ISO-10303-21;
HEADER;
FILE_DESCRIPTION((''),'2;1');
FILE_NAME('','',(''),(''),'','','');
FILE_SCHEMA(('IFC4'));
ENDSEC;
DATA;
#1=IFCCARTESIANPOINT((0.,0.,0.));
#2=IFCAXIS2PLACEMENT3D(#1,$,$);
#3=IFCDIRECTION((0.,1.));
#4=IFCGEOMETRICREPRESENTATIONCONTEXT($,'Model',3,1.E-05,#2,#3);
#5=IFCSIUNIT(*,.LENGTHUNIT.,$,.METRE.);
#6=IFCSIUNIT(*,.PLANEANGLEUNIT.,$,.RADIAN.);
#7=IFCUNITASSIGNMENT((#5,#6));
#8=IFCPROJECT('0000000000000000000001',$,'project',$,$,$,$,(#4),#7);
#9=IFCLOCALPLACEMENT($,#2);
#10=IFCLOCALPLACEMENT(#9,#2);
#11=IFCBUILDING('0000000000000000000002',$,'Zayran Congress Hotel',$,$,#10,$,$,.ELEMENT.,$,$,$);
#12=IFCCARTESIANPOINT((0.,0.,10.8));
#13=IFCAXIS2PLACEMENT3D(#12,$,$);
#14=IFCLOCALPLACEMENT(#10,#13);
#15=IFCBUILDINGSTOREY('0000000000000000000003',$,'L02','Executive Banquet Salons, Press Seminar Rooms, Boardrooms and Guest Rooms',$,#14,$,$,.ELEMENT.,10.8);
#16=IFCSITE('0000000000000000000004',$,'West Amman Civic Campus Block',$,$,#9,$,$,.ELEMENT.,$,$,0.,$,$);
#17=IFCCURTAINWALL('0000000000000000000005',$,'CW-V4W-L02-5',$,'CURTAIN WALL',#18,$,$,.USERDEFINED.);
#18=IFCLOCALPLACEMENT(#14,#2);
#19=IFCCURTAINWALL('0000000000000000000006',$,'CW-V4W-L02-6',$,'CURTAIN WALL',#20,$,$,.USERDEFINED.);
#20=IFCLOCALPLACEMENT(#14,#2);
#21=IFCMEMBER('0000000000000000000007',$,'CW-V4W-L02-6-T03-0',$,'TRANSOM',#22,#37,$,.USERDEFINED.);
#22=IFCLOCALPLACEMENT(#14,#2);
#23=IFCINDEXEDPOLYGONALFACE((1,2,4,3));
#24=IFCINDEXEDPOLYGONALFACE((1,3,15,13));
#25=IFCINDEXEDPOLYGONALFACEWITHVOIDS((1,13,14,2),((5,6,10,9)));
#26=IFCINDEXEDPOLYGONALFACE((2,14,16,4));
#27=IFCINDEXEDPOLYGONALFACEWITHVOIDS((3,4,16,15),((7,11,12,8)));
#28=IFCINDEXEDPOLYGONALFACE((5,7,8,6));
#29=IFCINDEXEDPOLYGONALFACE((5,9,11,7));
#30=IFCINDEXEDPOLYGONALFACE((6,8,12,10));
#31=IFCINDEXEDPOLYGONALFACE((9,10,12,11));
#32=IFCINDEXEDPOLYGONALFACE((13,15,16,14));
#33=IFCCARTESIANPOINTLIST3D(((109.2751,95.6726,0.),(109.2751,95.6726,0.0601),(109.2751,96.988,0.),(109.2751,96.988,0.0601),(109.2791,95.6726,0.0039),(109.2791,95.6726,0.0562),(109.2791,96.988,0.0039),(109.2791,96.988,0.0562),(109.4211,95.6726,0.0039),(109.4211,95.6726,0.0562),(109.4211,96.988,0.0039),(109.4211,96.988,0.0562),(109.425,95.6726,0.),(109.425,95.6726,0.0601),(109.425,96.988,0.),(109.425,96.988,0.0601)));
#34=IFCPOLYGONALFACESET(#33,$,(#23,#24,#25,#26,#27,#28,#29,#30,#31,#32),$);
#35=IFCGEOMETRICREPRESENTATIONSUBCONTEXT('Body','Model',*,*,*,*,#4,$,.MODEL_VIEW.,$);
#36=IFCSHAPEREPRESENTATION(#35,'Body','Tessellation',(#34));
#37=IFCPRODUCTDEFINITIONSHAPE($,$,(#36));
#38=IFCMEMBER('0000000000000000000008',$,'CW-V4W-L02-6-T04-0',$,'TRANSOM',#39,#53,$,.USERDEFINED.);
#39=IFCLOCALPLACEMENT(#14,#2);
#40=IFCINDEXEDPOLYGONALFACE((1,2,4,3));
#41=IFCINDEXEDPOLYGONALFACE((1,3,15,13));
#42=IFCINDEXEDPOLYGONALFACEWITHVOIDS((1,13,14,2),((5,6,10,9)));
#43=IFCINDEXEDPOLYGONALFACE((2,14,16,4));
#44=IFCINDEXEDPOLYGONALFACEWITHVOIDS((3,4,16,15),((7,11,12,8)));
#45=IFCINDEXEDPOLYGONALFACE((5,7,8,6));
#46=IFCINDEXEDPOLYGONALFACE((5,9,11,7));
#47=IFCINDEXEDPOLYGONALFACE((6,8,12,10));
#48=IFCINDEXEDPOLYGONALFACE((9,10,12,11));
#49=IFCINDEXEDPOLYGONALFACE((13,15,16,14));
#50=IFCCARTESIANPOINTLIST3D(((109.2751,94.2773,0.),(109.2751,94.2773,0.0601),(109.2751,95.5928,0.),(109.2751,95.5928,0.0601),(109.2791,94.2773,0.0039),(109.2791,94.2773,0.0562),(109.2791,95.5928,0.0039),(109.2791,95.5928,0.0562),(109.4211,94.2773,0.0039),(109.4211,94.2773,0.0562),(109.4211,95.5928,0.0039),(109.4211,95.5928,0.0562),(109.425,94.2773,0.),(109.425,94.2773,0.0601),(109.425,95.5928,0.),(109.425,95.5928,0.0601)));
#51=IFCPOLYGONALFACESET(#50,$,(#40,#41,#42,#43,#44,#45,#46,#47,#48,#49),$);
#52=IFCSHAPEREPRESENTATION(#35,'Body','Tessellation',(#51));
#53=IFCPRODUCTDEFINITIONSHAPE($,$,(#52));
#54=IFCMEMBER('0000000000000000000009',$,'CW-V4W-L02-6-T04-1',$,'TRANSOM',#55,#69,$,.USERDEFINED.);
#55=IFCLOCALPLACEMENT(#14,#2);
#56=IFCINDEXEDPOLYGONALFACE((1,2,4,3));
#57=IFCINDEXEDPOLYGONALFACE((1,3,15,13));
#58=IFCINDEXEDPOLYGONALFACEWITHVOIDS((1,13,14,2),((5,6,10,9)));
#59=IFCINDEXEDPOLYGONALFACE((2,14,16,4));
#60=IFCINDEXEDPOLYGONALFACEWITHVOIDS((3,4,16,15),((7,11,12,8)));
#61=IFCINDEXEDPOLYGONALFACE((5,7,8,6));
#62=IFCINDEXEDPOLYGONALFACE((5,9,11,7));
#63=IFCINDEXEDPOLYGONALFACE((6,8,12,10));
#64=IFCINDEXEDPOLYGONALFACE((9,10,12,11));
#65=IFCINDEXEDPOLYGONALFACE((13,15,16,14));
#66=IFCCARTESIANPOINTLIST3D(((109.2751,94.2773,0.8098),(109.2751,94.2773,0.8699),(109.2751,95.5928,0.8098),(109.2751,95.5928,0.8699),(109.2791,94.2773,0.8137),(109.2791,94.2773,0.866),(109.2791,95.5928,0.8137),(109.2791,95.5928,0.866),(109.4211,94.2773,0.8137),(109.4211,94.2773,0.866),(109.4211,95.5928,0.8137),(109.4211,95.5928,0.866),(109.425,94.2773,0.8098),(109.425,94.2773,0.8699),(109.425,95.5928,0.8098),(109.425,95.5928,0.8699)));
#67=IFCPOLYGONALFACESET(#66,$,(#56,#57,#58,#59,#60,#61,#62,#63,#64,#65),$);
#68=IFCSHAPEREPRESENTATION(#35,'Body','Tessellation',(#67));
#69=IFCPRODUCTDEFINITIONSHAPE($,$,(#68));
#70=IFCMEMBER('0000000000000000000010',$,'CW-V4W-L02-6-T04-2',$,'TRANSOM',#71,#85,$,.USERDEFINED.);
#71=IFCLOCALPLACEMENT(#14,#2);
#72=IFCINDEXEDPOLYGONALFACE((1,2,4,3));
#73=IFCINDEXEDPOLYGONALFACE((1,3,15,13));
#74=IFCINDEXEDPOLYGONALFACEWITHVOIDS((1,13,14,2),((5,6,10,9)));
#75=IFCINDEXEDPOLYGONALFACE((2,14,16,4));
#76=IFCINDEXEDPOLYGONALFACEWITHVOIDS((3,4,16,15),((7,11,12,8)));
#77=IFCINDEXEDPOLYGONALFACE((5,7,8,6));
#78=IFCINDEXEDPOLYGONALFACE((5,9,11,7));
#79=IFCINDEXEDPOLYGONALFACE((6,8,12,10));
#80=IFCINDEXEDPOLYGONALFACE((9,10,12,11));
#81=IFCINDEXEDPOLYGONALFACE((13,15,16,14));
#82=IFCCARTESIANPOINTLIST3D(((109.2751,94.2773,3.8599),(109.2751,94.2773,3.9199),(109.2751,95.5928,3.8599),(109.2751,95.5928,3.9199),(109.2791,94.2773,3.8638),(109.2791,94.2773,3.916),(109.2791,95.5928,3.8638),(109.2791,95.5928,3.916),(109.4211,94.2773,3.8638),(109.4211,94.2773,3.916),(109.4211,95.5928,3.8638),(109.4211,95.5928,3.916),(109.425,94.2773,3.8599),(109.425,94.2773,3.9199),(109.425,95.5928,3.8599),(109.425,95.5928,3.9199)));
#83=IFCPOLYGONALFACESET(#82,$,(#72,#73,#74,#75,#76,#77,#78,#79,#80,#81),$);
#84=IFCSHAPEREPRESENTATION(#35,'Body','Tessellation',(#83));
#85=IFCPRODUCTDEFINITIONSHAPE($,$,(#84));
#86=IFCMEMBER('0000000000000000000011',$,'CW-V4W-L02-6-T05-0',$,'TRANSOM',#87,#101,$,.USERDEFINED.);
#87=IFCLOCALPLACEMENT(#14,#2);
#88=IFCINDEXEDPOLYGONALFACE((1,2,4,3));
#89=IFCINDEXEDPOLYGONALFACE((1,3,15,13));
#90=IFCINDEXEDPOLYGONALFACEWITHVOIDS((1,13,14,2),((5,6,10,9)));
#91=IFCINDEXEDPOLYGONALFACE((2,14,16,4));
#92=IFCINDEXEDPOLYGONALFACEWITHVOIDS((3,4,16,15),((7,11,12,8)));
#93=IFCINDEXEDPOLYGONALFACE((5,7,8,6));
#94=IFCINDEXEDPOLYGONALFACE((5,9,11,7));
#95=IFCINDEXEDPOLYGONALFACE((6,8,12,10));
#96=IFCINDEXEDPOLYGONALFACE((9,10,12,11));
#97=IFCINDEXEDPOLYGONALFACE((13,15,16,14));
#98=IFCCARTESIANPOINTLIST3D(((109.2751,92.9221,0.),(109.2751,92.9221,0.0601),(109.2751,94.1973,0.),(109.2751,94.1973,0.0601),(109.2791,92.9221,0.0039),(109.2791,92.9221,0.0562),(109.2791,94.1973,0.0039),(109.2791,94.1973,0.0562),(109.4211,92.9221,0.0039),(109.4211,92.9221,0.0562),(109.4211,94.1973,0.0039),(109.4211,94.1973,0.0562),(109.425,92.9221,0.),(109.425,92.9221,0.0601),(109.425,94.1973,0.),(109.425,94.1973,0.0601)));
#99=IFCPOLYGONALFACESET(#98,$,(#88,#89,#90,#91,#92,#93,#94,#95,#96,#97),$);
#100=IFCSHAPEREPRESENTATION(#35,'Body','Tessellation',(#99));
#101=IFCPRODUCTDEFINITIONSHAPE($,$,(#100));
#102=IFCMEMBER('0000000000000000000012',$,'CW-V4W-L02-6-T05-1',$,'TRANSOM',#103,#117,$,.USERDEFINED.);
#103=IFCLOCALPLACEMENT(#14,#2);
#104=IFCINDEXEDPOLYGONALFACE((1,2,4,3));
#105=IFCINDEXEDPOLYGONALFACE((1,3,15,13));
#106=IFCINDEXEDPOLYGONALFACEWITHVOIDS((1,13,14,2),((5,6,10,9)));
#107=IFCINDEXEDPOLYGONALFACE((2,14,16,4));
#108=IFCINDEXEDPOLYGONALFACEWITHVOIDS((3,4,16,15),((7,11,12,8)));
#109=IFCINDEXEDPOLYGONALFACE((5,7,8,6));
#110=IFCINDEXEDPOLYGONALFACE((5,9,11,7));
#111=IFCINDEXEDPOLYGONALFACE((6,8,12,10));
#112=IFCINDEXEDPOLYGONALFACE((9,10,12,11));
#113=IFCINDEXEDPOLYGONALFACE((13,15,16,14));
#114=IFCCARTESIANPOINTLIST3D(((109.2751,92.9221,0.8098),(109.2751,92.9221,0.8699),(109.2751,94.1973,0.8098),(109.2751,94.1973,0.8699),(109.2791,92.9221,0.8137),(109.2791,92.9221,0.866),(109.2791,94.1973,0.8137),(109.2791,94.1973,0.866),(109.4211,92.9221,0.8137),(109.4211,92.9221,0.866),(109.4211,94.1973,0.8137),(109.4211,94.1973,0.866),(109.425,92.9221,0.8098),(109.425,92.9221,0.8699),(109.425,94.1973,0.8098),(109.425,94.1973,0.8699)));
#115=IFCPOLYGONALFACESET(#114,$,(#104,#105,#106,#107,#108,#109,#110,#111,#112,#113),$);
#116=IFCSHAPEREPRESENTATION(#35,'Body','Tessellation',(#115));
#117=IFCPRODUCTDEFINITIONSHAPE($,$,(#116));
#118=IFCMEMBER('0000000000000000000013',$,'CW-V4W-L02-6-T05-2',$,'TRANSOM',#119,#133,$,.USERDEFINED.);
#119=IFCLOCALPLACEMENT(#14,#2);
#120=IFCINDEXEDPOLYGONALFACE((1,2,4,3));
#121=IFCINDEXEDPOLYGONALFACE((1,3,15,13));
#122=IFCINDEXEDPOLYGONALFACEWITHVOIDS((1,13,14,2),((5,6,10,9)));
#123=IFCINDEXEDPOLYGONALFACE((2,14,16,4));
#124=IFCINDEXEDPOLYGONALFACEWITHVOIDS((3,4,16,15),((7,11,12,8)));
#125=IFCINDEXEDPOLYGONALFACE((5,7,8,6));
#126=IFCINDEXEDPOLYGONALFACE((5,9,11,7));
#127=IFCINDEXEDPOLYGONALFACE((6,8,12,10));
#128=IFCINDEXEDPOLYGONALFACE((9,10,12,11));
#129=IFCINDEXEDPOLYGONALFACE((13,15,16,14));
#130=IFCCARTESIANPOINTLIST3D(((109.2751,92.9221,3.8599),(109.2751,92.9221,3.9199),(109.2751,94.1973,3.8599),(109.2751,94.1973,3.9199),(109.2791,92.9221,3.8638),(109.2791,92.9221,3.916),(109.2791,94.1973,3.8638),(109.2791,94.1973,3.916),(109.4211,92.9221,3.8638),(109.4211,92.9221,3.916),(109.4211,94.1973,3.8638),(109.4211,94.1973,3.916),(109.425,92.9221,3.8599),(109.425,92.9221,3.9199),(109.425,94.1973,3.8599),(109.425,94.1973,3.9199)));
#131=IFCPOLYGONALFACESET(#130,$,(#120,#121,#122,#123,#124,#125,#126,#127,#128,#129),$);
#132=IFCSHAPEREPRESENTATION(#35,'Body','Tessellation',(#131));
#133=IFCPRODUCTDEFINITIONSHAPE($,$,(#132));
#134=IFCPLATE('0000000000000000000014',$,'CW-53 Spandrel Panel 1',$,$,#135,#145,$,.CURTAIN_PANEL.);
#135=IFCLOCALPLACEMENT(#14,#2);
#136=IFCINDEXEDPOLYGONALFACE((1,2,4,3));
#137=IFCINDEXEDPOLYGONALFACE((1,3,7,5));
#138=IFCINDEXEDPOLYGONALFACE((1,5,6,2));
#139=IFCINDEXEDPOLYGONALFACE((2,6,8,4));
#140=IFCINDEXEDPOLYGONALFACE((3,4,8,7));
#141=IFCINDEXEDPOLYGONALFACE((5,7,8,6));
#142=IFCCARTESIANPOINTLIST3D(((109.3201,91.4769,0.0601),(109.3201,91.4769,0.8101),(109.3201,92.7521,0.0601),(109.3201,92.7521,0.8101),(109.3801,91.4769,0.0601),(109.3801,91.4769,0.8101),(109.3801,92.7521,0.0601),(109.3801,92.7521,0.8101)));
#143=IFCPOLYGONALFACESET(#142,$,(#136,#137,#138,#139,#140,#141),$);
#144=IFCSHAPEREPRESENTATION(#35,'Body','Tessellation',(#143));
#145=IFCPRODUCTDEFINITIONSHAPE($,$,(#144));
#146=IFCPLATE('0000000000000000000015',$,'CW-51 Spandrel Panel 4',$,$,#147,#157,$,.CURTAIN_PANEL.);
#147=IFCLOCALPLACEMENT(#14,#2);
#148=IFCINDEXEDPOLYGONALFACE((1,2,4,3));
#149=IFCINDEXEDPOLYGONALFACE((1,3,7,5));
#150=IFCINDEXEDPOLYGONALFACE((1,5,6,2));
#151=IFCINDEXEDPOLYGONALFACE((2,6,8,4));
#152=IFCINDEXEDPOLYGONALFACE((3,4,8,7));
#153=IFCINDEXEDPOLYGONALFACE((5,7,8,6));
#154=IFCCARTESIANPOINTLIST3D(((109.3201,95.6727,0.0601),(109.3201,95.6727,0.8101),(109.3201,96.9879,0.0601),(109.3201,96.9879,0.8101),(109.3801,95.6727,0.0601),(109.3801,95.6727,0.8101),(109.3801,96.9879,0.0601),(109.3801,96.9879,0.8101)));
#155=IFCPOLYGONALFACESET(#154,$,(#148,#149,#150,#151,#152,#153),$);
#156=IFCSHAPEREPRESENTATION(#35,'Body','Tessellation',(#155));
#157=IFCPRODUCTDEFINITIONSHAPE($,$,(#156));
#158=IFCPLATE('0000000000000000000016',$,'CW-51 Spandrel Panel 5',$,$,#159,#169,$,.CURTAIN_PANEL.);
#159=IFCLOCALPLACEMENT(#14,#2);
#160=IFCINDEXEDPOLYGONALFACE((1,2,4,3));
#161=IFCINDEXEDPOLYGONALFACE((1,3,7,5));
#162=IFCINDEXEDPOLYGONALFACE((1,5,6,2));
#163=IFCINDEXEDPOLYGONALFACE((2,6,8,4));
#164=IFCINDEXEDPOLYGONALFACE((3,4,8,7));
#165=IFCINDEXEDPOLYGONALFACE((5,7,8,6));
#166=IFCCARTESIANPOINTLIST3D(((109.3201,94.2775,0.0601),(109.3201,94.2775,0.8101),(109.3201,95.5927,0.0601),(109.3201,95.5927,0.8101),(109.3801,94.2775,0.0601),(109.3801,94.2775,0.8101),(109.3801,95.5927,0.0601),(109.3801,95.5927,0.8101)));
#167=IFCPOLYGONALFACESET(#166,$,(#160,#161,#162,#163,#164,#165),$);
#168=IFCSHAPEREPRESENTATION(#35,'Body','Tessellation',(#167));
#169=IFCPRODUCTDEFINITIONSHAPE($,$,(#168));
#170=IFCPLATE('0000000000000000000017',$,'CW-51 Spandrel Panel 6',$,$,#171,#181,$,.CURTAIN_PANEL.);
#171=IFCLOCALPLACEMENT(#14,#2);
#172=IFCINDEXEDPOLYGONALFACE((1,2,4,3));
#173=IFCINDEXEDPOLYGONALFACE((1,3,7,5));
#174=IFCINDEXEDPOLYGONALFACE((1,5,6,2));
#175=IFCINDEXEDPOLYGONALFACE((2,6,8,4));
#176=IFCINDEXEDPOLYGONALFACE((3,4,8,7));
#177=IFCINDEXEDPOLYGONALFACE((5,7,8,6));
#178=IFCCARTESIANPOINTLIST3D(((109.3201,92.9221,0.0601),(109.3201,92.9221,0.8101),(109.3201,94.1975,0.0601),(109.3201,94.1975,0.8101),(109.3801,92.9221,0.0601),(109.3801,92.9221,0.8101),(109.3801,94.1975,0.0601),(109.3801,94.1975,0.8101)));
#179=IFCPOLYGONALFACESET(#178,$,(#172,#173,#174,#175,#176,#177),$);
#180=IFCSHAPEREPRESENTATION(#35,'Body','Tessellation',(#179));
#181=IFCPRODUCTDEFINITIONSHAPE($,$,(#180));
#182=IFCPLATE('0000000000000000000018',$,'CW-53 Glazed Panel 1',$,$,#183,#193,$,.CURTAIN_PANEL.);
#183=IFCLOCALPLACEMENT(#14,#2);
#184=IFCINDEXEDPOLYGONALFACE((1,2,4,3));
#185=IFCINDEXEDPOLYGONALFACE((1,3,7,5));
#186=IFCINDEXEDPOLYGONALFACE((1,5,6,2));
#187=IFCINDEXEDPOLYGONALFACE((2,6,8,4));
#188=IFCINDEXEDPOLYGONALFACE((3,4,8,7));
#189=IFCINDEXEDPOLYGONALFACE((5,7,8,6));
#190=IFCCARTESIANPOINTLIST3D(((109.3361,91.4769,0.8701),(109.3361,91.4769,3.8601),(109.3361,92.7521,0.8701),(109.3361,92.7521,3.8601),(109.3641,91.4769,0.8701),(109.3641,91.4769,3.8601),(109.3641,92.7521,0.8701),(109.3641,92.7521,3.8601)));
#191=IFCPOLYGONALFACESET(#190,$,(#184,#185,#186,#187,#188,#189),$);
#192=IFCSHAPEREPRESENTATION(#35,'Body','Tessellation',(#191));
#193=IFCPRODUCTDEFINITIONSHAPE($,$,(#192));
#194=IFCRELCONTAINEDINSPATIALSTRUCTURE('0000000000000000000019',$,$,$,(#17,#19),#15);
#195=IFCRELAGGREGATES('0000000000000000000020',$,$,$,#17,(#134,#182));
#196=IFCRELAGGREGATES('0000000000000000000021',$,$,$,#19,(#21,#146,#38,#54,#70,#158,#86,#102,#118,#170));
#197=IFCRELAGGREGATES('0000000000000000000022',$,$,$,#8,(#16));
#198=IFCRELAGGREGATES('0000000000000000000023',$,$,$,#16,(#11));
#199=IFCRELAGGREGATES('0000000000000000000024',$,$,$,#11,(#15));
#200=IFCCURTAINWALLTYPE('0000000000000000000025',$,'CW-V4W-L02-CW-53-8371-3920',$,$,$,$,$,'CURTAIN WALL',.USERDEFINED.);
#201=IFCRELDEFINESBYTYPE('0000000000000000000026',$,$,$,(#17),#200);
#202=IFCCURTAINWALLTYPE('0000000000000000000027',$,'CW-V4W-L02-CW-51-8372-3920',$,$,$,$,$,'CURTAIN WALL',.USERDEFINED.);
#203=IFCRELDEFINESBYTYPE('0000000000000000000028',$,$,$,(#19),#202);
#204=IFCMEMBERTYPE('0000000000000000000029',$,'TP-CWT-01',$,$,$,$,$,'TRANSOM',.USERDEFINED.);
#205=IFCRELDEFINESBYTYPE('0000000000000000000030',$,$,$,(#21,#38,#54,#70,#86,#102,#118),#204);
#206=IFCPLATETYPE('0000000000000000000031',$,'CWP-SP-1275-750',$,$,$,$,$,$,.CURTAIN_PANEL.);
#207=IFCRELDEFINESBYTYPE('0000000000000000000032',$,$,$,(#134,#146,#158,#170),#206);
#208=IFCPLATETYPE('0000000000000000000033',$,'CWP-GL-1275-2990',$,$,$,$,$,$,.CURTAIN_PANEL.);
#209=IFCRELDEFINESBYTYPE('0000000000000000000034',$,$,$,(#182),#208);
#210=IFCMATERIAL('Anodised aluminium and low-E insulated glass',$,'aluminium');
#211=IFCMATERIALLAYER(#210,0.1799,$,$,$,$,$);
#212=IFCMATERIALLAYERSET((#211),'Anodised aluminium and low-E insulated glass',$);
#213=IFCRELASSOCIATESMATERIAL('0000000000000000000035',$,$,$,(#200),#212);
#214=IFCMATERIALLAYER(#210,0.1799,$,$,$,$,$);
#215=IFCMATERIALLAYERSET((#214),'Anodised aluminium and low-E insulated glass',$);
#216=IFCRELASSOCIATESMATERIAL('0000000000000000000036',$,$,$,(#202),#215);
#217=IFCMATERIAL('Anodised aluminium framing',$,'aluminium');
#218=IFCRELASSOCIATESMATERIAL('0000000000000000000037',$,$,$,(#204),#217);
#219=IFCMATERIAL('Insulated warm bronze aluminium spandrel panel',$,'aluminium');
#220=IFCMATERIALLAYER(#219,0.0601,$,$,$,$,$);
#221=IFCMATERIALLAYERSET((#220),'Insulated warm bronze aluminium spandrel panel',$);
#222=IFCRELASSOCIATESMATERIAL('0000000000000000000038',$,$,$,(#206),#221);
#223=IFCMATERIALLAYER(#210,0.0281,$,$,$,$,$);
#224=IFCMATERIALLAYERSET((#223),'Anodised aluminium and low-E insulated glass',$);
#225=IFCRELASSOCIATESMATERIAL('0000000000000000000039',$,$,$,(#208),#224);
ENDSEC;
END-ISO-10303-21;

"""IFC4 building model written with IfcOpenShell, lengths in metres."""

from ifc_helpers import new_model, si_unit, direction, frame, origin, origin_2d, place, context, subcontext, project, spatial, rectangle, hollow_rectangle, extrude, material, layer, layer_set, material_profile, profile_set, type_object, element, aggregate, save


model = new_model("IFC4")

# Units and contexts
model_context = context("Model", 3, precision=1e-05, world=origin(), true_north=direction((0.0, 1.0)))
body_context = subcontext(model_context, "Body", "Model", "MODEL_VIEW")
ifc_project = project(units=[si_unit("LENGTHUNIT", "METRE"), si_unit("PLANEANGLEUNIT", "RADIAN")], contexts=[model_context])

# Site, building, storey
site_placement = place(None, origin())
site = spatial("IfcSite", under=ifc_project, at=site_placement, Name="West Amman Civic Campus Block", CompositionType="ELEMENT", RefElevation=0.0)
building_placement = place(site_placement, origin())
building = spatial("IfcBuilding", under=site, at=building_placement, Name="Zayran Congress Hotel", CompositionType="ELEMENT")
storey_placement = place(building_placement, frame((0.0, 0.0, 10.8)))
storey = spatial("IfcBuildingStorey", under=building, at=storey_placement, Name="L02", Description="Executive Banquet Salons, Press Seminar Rooms, Boardrooms and Guest Rooms", CompositionType="ELEMENT", Elevation=10.8)

# Curtain walls
ifc_material_1 = material(Name="Anodised aluminium and low-E insulated glass", Category="aluminium")
ifc_layer_1 = layer(ifc_material_1, 0.1799)
ifc_layer_set_1 = layer_set([ifc_layer_1], Name="Anodised aluminium and low-E insulated glass")
curtain_wall_type_1 = type_object("IfcCurtainWallType", Name="CW-V4W-L02-CW-53-8371-3920", ElementType="CURTAIN WALL", PredefinedType="USERDEFINED", material=ifc_layer_set_1)
curtain_wall_1_placement = place(storey_placement, origin())
curtain_wall_1 = element("IfcCurtainWall", 1, at=curtain_wall_1_placement, inside=storey, type_object=curtain_wall_type_1, Name="CW-V4W-L02-5", ObjectType="CURTAIN WALL", PredefinedType="USERDEFINED")
ifc_material_2 = material(Name="Anodised aluminium framing", Category="aluminium")
ifc_layer_2 = layer(ifc_material_1, 0.1799)
ifc_layer_set_2 = layer_set([ifc_layer_2], Name="Anodised aluminium and low-E insulated glass")
curtain_wall_type_2 = type_object("IfcCurtainWallType", Name="CW-V4W-L02-CW-51-8372-3920", ElementType="CURTAIN WALL", PredefinedType="USERDEFINED", material=ifc_layer_set_2)
curtain_wall_2_placement = place(storey_placement, origin())
curtain_wall_2 = element("IfcCurtainWall", 2, at=curtain_wall_2_placement, inside=storey, type_object=curtain_wall_type_2, Name="CW-V4W-L02-6", ObjectType="CURTAIN WALL", PredefinedType="USERDEFINED")

# Members
ifc_material_profile_1 = material_profile(ifc_material_2, hollow_rectangle(XDim=0.0601, YDim=0.1499, WallThickness=0.0039, at=origin_2d()), Name="RHS 150x60x4")
ifc_profile_set_1 = profile_set([ifc_material_profile_1], Name="Anodised aluminium framing")
member_type_1 = type_object("IfcMemberType", Name="TP-CWT-01", ElementType="TRANSOM", PredefinedType="USERDEFINED", material=ifc_profile_set_1)
member_1_placement = place(storey_placement, frame((109.3501, 96.988, 0.03), z_axis=(0.0, -1.0, 0.0), x_axis=(0.0, 0.0, 1.0)))
member_1 = element("IfcMember", 3, at=member_1_placement, type_object=member_type_1, Name="CW-V4W-L02-6-T03-0", ObjectType="TRANSOM", PredefinedType="USERDEFINED", context=body_context, shape_type="SweptSolid", body=[
    extrude(hollow_rectangle(XDim=0.0601, YDim=0.1499, WallThickness=0.0039, at=origin_2d()), origin(), (0.0, 0.0, 1.0), 1.3154),
])
member_2_placement = place(storey_placement, frame((109.3501, 95.5928, 0.03), z_axis=(0.0, -1.0, 0.0), x_axis=(0.0, 0.0, 1.0)))
member_2 = element("IfcMember", 4, at=member_2_placement, type_object=member_type_1, Name="CW-V4W-L02-6-T04-0", ObjectType="TRANSOM", PredefinedType="USERDEFINED", context=body_context, shape_type="SweptSolid", body=[
    extrude(hollow_rectangle(XDim=0.0601, YDim=0.1499, WallThickness=0.0039, at=origin_2d()), origin(), (0.0, 0.0, 1.0), 1.3154),
])
member_3_placement = place(storey_placement, frame((109.3501, 95.5928, 0.8398), z_axis=(0.0, -1.0, 0.0), x_axis=(0.0, 0.0, 1.0)))
member_3 = element("IfcMember", 5, at=member_3_placement, type_object=member_type_1, Name="CW-V4W-L02-6-T04-1", ObjectType="TRANSOM", PredefinedType="USERDEFINED", context=body_context, shape_type="SweptSolid", body=[
    extrude(hollow_rectangle(XDim=0.0601, YDim=0.1499, WallThickness=0.0039, at=origin_2d()), origin(), (0.0, 0.0, 1.0), 1.3154),
])
member_4_placement = place(storey_placement, frame((109.3501, 95.5928, 3.8899), z_axis=(0.0, -1.0, 0.0), x_axis=(0.0, 0.0, 1.0)))
member_4 = element("IfcMember", 6, at=member_4_placement, type_object=member_type_1, Name="CW-V4W-L02-6-T04-2", ObjectType="TRANSOM", PredefinedType="USERDEFINED", context=body_context, shape_type="SweptSolid", body=[
    extrude(hollow_rectangle(XDim=0.0601, YDim=0.1499, WallThickness=0.0039, at=origin_2d()), origin(), (0.0, 0.0, 1.0), 1.3154),
])
member_5_placement = place(storey_placement, frame((109.3501, 94.1973, 0.03), z_axis=(0.0, -1.0, 0.0), x_axis=(0.0, 0.0, 1.0)))
member_5 = element("IfcMember", 7, at=member_5_placement, type_object=member_type_1, Name="CW-V4W-L02-6-T05-0", ObjectType="TRANSOM", PredefinedType="USERDEFINED", context=body_context, shape_type="SweptSolid", body=[
    extrude(hollow_rectangle(XDim=0.0601, YDim=0.1499, WallThickness=0.0039, at=origin_2d()), origin(), (0.0, 0.0, 1.0), 1.2751),
])
member_6_placement = place(storey_placement, frame((109.3501, 94.1973, 0.8398), z_axis=(0.0, -1.0, 0.0), x_axis=(0.0, 0.0, 1.0)))
member_6 = element("IfcMember", 8, at=member_6_placement, type_object=member_type_1, Name="CW-V4W-L02-6-T05-1", ObjectType="TRANSOM", PredefinedType="USERDEFINED", context=body_context, shape_type="SweptSolid", body=[
    extrude(hollow_rectangle(XDim=0.0601, YDim=0.1499, WallThickness=0.0039, at=origin_2d()), origin(), (0.0, 0.0, 1.0), 1.2751),
])
member_7_placement = place(storey_placement, frame((109.3501, 94.1973, 3.8899), z_axis=(0.0, -1.0, 0.0), x_axis=(0.0, 0.0, 1.0)))
member_7 = element("IfcMember", 9, at=member_7_placement, type_object=member_type_1, Name="CW-V4W-L02-6-T05-2", ObjectType="TRANSOM", PredefinedType="USERDEFINED", context=body_context, shape_type="SweptSolid", body=[
    extrude(hollow_rectangle(XDim=0.0601, YDim=0.1499, WallThickness=0.0039, at=origin_2d()), origin(), (0.0, 0.0, 1.0), 1.2751),
])

# Plates
ifc_material_3 = material(Name="Insulated warm bronze aluminium spandrel panel", Category="aluminium")
ifc_layer_3 = layer(ifc_material_3, 0.0601)
ifc_layer_set_3 = layer_set([ifc_layer_3], Name="Insulated warm bronze aluminium spandrel panel")
plate_type_1 = type_object("IfcPlateType", Name="CWP-SP-1275-750", PredefinedType="CURTAIN_PANEL", material=ifc_layer_set_3)
plate_1_placement = place(storey_placement, frame((109.3501, 92.1145, 0.0601), z_axis=(0.0, 0.0, 1.0), x_axis=(0.0, 1.0, 0.0)))
plate_1 = element("IfcPlate", 10, at=plate_1_placement, type_object=plate_type_1, Name="CW-53 Spandrel Panel 1", PredefinedType="CURTAIN_PANEL", context=body_context, shape_type="SweptSolid", body=[
    extrude(rectangle(XDim=1.2751, YDim=0.0601, at=origin_2d()), origin(), (0.0, 0.0, 1.0), 0.75),
])
plate_2_placement = place(storey_placement, frame((109.3501, 96.3303, 0.0601), z_axis=(0.0, 0.0, 1.0), x_axis=(0.0, 1.0, 0.0)))
plate_2 = element("IfcPlate", 11, at=plate_2_placement, type_object=plate_type_1, Name="CW-51 Spandrel Panel 4", PredefinedType="CURTAIN_PANEL", context=body_context, shape_type="SweptSolid", body=[
    extrude(rectangle(XDim=1.3152, YDim=0.0601, at=origin_2d()), origin(), (0.0, 0.0, 1.0), 0.75),
])
plate_3_placement = place(storey_placement, frame((109.3501, 94.9351, 0.0601), z_axis=(0.0, 0.0, 1.0), x_axis=(0.0, 1.0, 0.0)))
plate_3 = element("IfcPlate", 12, at=plate_3_placement, type_object=plate_type_1, Name="CW-51 Spandrel Panel 5", PredefinedType="CURTAIN_PANEL", context=body_context, shape_type="SweptSolid", body=[
    extrude(rectangle(XDim=1.3152, YDim=0.0601, at=origin_2d()), origin(), (0.0, 0.0, 1.0), 0.75),
])
plate_4_placement = place(storey_placement, frame((109.3501, 93.5598, 0.0601), z_axis=(0.0, 0.0, 1.0), x_axis=(0.0, 1.0, 0.0)))
plate_4 = element("IfcPlate", 13, at=plate_4_placement, type_object=plate_type_1, Name="CW-51 Spandrel Panel 6", PredefinedType="CURTAIN_PANEL", context=body_context, shape_type="SweptSolid", body=[
    extrude(rectangle(XDim=1.2754, YDim=0.0601, at=origin_2d()), origin(), (0.0, 0.0, 1.0), 0.75),
])
ifc_layer_4 = layer(ifc_material_1, 0.0281)
ifc_layer_set_4 = layer_set([ifc_layer_4], Name="Anodised aluminium and low-E insulated glass")
plate_type_2 = type_object("IfcPlateType", Name="CWP-GL-1275-2990", PredefinedType="CURTAIN_PANEL", material=ifc_layer_set_4)
plate_5_placement = place(storey_placement, frame((109.3501, 92.1145, 0.8701), z_axis=(0.0, 0.0, 1.0), x_axis=(0.0, 1.0, 0.0)))
plate_5 = element("IfcPlate", 14, at=plate_5_placement, type_object=plate_type_2, Name="CW-53 Glazed Panel 1", PredefinedType="CURTAIN_PANEL", context=body_context, shape_type="SweptSolid", body=[
    extrude(rectangle(XDim=1.2751, YDim=0.0281, at=origin_2d()), origin(), (0.0, 0.0, 1.0), 2.99),
])
aggregate(curtain_wall_1, [plate_1, plate_5])
aggregate(curtain_wall_2, [member_1, plate_2, member_2, member_3, member_4, plate_3, member_5, member_6, member_7, plate_4])

save(model, "model.ifc")
